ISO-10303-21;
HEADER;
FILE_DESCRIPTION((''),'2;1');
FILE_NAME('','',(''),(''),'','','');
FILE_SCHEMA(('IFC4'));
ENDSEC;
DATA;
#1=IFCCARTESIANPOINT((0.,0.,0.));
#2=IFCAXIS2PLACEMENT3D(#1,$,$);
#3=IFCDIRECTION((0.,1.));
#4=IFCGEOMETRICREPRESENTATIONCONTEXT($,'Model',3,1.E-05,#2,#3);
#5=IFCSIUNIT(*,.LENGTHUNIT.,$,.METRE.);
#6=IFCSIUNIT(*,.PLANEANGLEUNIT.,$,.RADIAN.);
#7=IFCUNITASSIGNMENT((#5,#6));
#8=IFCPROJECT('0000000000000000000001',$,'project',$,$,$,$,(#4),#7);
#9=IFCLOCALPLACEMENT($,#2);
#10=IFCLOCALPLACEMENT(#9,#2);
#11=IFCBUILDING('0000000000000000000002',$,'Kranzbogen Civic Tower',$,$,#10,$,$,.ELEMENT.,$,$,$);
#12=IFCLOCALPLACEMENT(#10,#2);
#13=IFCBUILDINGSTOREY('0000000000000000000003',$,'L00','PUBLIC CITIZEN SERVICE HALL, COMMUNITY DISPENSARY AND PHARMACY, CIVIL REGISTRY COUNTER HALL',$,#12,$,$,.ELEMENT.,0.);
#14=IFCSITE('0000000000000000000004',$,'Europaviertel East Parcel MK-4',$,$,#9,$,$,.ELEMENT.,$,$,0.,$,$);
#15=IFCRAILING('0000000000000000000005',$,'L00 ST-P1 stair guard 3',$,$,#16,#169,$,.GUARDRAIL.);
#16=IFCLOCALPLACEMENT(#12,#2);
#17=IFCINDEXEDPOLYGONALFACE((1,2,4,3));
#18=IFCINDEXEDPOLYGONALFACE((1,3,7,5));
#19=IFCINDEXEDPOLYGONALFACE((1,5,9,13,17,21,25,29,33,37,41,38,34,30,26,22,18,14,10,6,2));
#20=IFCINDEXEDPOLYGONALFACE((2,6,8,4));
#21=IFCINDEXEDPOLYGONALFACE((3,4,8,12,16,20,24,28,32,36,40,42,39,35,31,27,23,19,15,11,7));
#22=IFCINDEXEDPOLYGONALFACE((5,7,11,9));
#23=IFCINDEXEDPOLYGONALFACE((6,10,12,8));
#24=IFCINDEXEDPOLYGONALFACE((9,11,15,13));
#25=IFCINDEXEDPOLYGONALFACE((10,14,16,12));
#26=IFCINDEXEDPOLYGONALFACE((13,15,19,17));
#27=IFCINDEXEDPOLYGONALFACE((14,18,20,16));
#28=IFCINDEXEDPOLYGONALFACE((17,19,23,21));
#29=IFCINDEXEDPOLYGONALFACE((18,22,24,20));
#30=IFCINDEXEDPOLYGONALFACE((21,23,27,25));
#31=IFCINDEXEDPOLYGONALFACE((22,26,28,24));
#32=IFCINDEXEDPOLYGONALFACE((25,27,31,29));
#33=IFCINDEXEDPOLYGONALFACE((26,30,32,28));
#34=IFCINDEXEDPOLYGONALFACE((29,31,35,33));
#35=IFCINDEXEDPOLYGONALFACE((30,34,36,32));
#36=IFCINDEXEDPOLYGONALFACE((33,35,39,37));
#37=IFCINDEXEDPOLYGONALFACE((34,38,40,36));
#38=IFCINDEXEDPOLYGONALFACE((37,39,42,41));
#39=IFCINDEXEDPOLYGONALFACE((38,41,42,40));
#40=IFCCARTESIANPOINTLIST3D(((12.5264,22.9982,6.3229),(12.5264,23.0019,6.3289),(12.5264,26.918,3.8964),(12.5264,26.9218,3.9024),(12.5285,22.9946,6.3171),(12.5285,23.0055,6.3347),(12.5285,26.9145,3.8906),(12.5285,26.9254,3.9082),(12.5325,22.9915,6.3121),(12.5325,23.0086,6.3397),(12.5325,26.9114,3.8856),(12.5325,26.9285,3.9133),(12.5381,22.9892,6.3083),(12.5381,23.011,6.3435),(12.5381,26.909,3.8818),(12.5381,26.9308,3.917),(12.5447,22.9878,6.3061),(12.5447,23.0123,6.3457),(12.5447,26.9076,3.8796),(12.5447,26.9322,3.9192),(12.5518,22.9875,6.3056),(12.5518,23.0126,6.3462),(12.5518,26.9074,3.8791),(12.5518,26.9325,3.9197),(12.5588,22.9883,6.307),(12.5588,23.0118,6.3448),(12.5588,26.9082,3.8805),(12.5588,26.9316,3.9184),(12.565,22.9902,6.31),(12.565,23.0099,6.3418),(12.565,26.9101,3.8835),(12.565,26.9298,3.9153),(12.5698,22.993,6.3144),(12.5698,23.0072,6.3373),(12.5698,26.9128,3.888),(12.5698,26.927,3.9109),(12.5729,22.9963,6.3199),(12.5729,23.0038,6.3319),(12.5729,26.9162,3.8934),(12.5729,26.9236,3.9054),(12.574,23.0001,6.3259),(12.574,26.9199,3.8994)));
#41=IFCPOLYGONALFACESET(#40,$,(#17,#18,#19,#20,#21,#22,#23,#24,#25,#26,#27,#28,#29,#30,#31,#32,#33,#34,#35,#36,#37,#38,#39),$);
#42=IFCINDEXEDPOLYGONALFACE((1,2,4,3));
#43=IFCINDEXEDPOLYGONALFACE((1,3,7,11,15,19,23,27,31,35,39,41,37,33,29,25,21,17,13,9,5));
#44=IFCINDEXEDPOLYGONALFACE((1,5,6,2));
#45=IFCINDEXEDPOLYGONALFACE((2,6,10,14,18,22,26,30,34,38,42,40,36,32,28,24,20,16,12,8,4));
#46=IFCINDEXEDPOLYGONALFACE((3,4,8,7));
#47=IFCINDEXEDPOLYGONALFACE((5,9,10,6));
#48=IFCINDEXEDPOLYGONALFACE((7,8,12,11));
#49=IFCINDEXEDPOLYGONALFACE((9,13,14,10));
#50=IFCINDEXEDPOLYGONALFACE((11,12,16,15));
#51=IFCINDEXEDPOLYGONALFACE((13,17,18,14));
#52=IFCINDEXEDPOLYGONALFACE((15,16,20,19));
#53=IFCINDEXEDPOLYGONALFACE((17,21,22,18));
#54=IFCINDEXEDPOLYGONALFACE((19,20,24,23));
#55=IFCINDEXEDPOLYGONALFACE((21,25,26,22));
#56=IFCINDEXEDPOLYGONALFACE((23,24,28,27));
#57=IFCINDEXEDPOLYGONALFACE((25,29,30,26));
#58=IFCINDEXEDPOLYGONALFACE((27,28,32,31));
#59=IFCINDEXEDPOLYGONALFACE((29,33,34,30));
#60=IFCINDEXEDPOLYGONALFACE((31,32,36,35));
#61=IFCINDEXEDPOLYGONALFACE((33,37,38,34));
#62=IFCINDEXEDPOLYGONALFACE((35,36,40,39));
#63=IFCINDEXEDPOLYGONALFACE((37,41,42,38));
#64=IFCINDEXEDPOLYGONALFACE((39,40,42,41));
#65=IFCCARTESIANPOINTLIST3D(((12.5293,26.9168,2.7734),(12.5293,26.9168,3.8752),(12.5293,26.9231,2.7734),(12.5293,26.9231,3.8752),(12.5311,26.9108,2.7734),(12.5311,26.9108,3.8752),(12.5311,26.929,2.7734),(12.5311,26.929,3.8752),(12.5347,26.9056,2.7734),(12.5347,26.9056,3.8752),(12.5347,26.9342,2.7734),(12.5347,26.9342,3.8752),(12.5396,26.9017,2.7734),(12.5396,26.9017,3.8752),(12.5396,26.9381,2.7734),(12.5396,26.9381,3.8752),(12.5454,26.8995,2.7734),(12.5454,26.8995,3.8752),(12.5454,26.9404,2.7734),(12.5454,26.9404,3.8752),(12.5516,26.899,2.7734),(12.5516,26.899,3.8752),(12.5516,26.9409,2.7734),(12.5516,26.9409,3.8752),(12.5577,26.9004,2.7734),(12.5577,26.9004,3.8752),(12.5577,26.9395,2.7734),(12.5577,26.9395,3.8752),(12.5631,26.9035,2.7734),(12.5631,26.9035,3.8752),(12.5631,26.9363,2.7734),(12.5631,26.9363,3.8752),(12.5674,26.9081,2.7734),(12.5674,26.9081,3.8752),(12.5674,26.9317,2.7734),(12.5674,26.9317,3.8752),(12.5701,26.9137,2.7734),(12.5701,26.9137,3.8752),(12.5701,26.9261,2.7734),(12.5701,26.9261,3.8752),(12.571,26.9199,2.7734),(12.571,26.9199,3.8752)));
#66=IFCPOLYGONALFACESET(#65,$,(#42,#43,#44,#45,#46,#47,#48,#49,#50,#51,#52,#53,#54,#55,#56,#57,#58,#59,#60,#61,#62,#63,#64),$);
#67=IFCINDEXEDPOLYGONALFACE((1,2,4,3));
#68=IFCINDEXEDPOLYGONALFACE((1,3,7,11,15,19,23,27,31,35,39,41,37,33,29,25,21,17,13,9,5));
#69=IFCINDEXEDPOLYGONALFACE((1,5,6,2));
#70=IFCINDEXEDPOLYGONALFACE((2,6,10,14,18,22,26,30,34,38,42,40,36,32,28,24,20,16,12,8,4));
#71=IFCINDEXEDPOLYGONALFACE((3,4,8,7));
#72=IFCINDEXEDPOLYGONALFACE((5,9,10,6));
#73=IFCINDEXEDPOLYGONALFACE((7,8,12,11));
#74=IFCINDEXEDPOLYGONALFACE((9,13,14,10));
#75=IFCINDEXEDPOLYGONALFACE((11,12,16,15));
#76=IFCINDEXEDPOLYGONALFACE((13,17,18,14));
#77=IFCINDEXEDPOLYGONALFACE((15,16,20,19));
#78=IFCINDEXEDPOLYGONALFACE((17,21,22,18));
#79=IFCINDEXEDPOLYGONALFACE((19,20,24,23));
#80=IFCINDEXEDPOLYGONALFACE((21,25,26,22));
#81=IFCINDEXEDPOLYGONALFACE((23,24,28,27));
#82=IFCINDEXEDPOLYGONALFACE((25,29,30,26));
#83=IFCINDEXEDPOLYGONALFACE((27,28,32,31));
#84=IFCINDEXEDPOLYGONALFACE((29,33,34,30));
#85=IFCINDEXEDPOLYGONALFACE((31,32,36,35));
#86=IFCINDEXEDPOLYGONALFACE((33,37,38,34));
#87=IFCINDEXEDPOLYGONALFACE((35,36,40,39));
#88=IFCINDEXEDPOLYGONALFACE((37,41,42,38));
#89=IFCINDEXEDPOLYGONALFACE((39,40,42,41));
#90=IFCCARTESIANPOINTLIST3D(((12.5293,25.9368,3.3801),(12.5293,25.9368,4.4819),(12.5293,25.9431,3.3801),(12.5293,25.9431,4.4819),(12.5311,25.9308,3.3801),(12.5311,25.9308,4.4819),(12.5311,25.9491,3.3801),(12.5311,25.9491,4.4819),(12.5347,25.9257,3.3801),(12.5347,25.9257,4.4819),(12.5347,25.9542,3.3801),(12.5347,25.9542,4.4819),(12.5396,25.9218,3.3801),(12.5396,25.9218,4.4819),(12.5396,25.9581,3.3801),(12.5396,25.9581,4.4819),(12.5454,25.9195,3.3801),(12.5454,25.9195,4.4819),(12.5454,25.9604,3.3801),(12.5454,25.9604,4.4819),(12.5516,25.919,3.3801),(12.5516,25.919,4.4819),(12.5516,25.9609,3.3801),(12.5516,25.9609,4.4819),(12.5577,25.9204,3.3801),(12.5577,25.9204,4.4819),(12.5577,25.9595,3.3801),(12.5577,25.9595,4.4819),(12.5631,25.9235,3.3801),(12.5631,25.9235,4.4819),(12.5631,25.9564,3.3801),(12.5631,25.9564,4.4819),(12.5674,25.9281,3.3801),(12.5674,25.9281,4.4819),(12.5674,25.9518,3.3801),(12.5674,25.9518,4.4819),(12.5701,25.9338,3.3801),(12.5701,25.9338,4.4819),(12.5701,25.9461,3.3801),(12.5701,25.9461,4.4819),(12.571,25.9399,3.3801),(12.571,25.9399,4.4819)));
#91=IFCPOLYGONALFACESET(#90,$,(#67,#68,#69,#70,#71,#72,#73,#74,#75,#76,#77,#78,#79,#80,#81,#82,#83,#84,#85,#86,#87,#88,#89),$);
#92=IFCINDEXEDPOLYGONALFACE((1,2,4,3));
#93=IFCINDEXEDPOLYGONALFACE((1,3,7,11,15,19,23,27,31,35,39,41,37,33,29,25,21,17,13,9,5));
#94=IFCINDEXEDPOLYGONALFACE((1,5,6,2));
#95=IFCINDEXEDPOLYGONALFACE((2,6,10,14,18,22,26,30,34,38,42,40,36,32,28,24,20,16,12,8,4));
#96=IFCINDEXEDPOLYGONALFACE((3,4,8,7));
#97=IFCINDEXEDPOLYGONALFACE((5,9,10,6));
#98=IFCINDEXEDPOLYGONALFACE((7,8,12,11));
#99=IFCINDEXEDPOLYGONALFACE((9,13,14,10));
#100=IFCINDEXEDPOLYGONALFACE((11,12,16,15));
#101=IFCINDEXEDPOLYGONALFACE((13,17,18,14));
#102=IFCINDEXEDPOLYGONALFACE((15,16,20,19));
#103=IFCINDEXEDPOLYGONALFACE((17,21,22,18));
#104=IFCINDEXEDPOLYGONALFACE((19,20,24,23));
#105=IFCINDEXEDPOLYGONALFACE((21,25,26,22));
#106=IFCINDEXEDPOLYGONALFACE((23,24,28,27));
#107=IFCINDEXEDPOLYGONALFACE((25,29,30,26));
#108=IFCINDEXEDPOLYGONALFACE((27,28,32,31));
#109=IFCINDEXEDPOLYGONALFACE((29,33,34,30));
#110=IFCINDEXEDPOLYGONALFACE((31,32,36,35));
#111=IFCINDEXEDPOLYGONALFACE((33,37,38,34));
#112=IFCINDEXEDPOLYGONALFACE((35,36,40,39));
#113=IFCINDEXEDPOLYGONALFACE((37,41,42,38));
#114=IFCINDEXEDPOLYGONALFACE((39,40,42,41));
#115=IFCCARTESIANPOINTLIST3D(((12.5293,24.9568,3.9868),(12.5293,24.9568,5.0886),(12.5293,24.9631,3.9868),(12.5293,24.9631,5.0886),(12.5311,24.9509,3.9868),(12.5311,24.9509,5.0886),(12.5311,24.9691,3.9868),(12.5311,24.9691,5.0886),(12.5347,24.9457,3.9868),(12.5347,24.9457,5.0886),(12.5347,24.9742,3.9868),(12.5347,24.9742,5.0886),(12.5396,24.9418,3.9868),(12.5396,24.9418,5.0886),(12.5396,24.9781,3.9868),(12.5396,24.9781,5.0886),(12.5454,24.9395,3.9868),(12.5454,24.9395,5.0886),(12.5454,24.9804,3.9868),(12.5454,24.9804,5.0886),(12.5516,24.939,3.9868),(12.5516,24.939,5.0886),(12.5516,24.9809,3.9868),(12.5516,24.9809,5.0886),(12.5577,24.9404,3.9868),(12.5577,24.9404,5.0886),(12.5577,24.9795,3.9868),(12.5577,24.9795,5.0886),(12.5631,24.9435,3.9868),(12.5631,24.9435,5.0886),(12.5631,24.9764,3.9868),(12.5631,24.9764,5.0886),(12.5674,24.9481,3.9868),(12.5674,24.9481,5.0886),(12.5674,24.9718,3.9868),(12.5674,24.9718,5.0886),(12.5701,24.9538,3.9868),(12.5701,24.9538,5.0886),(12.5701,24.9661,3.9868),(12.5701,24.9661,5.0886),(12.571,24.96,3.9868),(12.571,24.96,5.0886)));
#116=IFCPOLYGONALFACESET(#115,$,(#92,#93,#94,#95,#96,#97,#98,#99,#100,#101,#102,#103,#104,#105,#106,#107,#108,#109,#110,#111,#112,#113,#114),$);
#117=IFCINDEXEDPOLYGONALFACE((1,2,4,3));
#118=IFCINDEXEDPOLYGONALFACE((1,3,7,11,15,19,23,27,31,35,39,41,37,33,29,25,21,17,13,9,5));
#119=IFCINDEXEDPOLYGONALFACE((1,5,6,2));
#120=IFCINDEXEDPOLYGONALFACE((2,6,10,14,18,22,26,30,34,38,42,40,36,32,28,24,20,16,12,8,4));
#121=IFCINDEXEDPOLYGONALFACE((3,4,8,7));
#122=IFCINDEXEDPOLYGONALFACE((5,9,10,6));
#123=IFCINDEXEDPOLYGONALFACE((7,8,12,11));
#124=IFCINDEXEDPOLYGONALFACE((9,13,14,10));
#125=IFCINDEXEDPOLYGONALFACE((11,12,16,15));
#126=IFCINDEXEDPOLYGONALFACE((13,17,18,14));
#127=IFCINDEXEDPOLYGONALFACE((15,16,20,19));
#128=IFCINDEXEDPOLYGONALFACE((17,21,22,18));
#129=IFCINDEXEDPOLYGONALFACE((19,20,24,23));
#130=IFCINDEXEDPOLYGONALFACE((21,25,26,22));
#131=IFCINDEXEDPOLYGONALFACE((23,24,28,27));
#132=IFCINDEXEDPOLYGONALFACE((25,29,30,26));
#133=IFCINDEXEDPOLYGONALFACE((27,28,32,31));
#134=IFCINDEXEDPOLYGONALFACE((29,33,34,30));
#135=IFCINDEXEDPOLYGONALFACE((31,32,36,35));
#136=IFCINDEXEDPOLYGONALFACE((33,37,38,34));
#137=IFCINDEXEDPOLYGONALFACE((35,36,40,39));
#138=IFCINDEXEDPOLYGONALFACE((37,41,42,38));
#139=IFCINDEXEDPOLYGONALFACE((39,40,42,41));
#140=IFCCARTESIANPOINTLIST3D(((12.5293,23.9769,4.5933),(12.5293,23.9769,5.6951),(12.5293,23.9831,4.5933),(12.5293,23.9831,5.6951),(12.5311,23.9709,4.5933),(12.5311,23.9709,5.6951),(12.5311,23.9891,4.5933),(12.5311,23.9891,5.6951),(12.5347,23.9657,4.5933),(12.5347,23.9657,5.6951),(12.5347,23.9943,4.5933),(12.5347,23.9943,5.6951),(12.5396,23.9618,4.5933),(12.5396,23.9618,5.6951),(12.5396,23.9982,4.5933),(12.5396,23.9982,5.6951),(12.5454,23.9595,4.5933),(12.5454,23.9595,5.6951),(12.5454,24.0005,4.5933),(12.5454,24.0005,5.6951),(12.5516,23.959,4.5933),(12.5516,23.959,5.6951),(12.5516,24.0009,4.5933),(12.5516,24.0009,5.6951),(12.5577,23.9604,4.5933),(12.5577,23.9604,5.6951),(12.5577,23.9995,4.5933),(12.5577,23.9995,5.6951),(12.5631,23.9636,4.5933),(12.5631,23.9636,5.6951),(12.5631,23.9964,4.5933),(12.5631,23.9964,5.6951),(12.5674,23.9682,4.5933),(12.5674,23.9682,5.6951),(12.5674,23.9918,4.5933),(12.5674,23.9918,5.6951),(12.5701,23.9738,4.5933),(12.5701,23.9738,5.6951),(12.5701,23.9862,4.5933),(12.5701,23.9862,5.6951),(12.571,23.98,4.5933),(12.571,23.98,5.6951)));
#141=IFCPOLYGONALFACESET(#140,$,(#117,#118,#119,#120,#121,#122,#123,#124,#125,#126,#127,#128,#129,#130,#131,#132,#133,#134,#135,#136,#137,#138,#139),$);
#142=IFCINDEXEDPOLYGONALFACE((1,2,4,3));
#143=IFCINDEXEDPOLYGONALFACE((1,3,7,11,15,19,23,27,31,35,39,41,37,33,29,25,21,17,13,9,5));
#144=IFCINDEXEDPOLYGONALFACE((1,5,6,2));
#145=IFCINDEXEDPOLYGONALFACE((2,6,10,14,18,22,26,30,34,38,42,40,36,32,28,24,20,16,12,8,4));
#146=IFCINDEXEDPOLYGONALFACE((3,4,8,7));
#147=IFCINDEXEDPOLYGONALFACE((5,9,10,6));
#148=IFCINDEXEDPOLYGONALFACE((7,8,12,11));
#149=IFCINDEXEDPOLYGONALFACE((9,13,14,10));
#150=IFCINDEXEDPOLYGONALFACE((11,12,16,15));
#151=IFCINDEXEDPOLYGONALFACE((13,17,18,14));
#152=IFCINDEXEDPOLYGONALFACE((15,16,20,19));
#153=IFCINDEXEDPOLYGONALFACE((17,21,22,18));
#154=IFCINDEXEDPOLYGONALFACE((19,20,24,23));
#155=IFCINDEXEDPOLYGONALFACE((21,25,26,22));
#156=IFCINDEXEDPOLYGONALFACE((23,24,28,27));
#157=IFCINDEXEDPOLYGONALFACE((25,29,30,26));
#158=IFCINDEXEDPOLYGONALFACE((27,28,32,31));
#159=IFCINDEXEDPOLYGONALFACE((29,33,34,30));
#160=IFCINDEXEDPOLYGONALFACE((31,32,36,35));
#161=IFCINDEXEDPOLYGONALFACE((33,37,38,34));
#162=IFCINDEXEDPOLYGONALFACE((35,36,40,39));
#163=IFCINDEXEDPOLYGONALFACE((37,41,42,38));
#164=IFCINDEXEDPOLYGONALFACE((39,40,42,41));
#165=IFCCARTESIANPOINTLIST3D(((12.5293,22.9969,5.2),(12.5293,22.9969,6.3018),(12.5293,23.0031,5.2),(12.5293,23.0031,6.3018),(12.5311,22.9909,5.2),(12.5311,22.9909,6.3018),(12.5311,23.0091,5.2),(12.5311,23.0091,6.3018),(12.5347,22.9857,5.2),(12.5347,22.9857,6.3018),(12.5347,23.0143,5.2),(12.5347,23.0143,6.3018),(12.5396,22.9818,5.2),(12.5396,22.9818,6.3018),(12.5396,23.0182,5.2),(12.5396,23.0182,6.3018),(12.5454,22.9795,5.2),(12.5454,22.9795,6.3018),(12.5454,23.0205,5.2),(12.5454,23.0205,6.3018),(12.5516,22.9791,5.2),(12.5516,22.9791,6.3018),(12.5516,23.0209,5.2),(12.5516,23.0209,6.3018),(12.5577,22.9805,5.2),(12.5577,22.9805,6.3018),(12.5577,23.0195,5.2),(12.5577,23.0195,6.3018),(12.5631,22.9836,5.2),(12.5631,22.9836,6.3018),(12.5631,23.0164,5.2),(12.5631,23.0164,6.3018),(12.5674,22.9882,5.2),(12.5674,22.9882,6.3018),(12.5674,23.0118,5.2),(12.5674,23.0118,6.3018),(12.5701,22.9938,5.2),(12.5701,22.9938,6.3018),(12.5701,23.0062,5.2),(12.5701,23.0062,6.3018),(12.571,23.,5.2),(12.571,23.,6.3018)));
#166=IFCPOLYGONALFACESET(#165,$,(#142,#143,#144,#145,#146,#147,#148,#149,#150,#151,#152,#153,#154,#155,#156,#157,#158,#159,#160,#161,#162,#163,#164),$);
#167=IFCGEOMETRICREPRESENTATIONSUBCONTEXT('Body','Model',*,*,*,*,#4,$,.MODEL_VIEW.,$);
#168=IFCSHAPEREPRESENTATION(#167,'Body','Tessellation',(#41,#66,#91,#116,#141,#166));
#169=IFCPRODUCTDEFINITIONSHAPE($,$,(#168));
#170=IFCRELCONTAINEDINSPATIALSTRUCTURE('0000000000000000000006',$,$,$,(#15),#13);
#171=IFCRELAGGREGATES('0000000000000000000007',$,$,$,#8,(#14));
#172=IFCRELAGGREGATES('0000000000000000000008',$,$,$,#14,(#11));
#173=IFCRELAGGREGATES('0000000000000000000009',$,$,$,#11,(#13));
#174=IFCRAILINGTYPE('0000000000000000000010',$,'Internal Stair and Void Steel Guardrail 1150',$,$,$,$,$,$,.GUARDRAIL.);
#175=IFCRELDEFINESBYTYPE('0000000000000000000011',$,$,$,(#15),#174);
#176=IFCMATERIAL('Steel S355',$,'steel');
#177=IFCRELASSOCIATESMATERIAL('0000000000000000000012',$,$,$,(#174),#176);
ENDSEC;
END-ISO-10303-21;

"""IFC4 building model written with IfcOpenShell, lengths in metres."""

from ifc_helpers import new_model, si_unit, direction, frame, origin, origin_2d, place, context, subcontext, project, spatial, circle, extrude, material, type_object, element, save


model = new_model("IFC4")

# Units and contexts
model_context = context("Model", 3, precision=1e-05, world=origin(), true_north=direction((0.0, 1.0)))
body_context = subcontext(model_context, "Body", "Model", "MODEL_VIEW")
ifc_project = project(units=[si_unit("LENGTHUNIT", "METRE"), si_unit("PLANEANGLEUNIT", "RADIAN")], contexts=[model_context])

# Site, building, storey
site_placement = place(None, origin())
site = spatial("IfcSite", under=ifc_project, at=site_placement, Name="Europaviertel East Parcel MK-4", CompositionType="ELEMENT", RefElevation=0.0)
building_placement = place(site_placement, origin())
building = spatial("IfcBuilding", under=site, at=building_placement, Name="Kranzbogen Civic Tower", CompositionType="ELEMENT")
storey_placement = place(building_placement, origin())
storey = spatial("IfcBuildingStorey", under=building, at=storey_placement, Name="L00", Description="PUBLIC CITIZEN SERVICE HALL, COMMUNITY DISPENSARY AND PHARMACY, CIVIL REGISTRY COUNTER HALL", CompositionType="ELEMENT", Elevation=0.0)

# Shared definitions
ifc_material_1 = material(Name="Steel S355", Category="steel")

# Railing
railing_type_1 = type_object("IfcRailingType", Name="Internal Stair and Void Steel Guardrail 1150", PredefinedType="GUARDRAIL", material=ifc_material_1)
railing_1_placement = place(storey_placement, frame((12.55, 26.9199, 2.7734)))
element("IfcRailing", 1, at=railing_1_placement, inside=storey, type_object=railing_type_1, Name="L00 ST-P1 stair guard 3", PredefinedType="GUARDRAIL", context=body_context, shape_type="SweptSolid", body=[
    extrude(circle(Radius=0.0239, at=origin_2d()), frame((0.0, 0.0, 1.126), z_axis=(0.0, -0.850275, 0.526338), x_axis=(1.0, 0.0, 0.0)), (0.0, 0.0, 1.0), 4.6101),
    extrude(circle(Radius=0.021, at=origin_2d()), origin(), (0.0, 0.0, 1.0), 1.1018),
    extrude(circle(Radius=0.021, at=origin_2d()), frame((0.0, -0.98, 0.6067)), (0.0, 0.0, 1.0), 1.1018),
    extrude(circle(Radius=0.021, at=origin_2d()), frame((0.0, -1.96, 1.2134)), (0.0, 0.0, 1.0), 1.1018),
    extrude(circle(Radius=0.021, at=origin_2d()), frame((0.0, -2.9399, 1.8198)), (0.0, 0.0, 1.0), 1.1018),
    extrude(circle(Radius=0.021, at=origin_2d()), frame((0.0, -3.9199, 2.4265)), (0.0, 0.0, 1.0), 1.1018),
])

save(model, "model.ifc")
